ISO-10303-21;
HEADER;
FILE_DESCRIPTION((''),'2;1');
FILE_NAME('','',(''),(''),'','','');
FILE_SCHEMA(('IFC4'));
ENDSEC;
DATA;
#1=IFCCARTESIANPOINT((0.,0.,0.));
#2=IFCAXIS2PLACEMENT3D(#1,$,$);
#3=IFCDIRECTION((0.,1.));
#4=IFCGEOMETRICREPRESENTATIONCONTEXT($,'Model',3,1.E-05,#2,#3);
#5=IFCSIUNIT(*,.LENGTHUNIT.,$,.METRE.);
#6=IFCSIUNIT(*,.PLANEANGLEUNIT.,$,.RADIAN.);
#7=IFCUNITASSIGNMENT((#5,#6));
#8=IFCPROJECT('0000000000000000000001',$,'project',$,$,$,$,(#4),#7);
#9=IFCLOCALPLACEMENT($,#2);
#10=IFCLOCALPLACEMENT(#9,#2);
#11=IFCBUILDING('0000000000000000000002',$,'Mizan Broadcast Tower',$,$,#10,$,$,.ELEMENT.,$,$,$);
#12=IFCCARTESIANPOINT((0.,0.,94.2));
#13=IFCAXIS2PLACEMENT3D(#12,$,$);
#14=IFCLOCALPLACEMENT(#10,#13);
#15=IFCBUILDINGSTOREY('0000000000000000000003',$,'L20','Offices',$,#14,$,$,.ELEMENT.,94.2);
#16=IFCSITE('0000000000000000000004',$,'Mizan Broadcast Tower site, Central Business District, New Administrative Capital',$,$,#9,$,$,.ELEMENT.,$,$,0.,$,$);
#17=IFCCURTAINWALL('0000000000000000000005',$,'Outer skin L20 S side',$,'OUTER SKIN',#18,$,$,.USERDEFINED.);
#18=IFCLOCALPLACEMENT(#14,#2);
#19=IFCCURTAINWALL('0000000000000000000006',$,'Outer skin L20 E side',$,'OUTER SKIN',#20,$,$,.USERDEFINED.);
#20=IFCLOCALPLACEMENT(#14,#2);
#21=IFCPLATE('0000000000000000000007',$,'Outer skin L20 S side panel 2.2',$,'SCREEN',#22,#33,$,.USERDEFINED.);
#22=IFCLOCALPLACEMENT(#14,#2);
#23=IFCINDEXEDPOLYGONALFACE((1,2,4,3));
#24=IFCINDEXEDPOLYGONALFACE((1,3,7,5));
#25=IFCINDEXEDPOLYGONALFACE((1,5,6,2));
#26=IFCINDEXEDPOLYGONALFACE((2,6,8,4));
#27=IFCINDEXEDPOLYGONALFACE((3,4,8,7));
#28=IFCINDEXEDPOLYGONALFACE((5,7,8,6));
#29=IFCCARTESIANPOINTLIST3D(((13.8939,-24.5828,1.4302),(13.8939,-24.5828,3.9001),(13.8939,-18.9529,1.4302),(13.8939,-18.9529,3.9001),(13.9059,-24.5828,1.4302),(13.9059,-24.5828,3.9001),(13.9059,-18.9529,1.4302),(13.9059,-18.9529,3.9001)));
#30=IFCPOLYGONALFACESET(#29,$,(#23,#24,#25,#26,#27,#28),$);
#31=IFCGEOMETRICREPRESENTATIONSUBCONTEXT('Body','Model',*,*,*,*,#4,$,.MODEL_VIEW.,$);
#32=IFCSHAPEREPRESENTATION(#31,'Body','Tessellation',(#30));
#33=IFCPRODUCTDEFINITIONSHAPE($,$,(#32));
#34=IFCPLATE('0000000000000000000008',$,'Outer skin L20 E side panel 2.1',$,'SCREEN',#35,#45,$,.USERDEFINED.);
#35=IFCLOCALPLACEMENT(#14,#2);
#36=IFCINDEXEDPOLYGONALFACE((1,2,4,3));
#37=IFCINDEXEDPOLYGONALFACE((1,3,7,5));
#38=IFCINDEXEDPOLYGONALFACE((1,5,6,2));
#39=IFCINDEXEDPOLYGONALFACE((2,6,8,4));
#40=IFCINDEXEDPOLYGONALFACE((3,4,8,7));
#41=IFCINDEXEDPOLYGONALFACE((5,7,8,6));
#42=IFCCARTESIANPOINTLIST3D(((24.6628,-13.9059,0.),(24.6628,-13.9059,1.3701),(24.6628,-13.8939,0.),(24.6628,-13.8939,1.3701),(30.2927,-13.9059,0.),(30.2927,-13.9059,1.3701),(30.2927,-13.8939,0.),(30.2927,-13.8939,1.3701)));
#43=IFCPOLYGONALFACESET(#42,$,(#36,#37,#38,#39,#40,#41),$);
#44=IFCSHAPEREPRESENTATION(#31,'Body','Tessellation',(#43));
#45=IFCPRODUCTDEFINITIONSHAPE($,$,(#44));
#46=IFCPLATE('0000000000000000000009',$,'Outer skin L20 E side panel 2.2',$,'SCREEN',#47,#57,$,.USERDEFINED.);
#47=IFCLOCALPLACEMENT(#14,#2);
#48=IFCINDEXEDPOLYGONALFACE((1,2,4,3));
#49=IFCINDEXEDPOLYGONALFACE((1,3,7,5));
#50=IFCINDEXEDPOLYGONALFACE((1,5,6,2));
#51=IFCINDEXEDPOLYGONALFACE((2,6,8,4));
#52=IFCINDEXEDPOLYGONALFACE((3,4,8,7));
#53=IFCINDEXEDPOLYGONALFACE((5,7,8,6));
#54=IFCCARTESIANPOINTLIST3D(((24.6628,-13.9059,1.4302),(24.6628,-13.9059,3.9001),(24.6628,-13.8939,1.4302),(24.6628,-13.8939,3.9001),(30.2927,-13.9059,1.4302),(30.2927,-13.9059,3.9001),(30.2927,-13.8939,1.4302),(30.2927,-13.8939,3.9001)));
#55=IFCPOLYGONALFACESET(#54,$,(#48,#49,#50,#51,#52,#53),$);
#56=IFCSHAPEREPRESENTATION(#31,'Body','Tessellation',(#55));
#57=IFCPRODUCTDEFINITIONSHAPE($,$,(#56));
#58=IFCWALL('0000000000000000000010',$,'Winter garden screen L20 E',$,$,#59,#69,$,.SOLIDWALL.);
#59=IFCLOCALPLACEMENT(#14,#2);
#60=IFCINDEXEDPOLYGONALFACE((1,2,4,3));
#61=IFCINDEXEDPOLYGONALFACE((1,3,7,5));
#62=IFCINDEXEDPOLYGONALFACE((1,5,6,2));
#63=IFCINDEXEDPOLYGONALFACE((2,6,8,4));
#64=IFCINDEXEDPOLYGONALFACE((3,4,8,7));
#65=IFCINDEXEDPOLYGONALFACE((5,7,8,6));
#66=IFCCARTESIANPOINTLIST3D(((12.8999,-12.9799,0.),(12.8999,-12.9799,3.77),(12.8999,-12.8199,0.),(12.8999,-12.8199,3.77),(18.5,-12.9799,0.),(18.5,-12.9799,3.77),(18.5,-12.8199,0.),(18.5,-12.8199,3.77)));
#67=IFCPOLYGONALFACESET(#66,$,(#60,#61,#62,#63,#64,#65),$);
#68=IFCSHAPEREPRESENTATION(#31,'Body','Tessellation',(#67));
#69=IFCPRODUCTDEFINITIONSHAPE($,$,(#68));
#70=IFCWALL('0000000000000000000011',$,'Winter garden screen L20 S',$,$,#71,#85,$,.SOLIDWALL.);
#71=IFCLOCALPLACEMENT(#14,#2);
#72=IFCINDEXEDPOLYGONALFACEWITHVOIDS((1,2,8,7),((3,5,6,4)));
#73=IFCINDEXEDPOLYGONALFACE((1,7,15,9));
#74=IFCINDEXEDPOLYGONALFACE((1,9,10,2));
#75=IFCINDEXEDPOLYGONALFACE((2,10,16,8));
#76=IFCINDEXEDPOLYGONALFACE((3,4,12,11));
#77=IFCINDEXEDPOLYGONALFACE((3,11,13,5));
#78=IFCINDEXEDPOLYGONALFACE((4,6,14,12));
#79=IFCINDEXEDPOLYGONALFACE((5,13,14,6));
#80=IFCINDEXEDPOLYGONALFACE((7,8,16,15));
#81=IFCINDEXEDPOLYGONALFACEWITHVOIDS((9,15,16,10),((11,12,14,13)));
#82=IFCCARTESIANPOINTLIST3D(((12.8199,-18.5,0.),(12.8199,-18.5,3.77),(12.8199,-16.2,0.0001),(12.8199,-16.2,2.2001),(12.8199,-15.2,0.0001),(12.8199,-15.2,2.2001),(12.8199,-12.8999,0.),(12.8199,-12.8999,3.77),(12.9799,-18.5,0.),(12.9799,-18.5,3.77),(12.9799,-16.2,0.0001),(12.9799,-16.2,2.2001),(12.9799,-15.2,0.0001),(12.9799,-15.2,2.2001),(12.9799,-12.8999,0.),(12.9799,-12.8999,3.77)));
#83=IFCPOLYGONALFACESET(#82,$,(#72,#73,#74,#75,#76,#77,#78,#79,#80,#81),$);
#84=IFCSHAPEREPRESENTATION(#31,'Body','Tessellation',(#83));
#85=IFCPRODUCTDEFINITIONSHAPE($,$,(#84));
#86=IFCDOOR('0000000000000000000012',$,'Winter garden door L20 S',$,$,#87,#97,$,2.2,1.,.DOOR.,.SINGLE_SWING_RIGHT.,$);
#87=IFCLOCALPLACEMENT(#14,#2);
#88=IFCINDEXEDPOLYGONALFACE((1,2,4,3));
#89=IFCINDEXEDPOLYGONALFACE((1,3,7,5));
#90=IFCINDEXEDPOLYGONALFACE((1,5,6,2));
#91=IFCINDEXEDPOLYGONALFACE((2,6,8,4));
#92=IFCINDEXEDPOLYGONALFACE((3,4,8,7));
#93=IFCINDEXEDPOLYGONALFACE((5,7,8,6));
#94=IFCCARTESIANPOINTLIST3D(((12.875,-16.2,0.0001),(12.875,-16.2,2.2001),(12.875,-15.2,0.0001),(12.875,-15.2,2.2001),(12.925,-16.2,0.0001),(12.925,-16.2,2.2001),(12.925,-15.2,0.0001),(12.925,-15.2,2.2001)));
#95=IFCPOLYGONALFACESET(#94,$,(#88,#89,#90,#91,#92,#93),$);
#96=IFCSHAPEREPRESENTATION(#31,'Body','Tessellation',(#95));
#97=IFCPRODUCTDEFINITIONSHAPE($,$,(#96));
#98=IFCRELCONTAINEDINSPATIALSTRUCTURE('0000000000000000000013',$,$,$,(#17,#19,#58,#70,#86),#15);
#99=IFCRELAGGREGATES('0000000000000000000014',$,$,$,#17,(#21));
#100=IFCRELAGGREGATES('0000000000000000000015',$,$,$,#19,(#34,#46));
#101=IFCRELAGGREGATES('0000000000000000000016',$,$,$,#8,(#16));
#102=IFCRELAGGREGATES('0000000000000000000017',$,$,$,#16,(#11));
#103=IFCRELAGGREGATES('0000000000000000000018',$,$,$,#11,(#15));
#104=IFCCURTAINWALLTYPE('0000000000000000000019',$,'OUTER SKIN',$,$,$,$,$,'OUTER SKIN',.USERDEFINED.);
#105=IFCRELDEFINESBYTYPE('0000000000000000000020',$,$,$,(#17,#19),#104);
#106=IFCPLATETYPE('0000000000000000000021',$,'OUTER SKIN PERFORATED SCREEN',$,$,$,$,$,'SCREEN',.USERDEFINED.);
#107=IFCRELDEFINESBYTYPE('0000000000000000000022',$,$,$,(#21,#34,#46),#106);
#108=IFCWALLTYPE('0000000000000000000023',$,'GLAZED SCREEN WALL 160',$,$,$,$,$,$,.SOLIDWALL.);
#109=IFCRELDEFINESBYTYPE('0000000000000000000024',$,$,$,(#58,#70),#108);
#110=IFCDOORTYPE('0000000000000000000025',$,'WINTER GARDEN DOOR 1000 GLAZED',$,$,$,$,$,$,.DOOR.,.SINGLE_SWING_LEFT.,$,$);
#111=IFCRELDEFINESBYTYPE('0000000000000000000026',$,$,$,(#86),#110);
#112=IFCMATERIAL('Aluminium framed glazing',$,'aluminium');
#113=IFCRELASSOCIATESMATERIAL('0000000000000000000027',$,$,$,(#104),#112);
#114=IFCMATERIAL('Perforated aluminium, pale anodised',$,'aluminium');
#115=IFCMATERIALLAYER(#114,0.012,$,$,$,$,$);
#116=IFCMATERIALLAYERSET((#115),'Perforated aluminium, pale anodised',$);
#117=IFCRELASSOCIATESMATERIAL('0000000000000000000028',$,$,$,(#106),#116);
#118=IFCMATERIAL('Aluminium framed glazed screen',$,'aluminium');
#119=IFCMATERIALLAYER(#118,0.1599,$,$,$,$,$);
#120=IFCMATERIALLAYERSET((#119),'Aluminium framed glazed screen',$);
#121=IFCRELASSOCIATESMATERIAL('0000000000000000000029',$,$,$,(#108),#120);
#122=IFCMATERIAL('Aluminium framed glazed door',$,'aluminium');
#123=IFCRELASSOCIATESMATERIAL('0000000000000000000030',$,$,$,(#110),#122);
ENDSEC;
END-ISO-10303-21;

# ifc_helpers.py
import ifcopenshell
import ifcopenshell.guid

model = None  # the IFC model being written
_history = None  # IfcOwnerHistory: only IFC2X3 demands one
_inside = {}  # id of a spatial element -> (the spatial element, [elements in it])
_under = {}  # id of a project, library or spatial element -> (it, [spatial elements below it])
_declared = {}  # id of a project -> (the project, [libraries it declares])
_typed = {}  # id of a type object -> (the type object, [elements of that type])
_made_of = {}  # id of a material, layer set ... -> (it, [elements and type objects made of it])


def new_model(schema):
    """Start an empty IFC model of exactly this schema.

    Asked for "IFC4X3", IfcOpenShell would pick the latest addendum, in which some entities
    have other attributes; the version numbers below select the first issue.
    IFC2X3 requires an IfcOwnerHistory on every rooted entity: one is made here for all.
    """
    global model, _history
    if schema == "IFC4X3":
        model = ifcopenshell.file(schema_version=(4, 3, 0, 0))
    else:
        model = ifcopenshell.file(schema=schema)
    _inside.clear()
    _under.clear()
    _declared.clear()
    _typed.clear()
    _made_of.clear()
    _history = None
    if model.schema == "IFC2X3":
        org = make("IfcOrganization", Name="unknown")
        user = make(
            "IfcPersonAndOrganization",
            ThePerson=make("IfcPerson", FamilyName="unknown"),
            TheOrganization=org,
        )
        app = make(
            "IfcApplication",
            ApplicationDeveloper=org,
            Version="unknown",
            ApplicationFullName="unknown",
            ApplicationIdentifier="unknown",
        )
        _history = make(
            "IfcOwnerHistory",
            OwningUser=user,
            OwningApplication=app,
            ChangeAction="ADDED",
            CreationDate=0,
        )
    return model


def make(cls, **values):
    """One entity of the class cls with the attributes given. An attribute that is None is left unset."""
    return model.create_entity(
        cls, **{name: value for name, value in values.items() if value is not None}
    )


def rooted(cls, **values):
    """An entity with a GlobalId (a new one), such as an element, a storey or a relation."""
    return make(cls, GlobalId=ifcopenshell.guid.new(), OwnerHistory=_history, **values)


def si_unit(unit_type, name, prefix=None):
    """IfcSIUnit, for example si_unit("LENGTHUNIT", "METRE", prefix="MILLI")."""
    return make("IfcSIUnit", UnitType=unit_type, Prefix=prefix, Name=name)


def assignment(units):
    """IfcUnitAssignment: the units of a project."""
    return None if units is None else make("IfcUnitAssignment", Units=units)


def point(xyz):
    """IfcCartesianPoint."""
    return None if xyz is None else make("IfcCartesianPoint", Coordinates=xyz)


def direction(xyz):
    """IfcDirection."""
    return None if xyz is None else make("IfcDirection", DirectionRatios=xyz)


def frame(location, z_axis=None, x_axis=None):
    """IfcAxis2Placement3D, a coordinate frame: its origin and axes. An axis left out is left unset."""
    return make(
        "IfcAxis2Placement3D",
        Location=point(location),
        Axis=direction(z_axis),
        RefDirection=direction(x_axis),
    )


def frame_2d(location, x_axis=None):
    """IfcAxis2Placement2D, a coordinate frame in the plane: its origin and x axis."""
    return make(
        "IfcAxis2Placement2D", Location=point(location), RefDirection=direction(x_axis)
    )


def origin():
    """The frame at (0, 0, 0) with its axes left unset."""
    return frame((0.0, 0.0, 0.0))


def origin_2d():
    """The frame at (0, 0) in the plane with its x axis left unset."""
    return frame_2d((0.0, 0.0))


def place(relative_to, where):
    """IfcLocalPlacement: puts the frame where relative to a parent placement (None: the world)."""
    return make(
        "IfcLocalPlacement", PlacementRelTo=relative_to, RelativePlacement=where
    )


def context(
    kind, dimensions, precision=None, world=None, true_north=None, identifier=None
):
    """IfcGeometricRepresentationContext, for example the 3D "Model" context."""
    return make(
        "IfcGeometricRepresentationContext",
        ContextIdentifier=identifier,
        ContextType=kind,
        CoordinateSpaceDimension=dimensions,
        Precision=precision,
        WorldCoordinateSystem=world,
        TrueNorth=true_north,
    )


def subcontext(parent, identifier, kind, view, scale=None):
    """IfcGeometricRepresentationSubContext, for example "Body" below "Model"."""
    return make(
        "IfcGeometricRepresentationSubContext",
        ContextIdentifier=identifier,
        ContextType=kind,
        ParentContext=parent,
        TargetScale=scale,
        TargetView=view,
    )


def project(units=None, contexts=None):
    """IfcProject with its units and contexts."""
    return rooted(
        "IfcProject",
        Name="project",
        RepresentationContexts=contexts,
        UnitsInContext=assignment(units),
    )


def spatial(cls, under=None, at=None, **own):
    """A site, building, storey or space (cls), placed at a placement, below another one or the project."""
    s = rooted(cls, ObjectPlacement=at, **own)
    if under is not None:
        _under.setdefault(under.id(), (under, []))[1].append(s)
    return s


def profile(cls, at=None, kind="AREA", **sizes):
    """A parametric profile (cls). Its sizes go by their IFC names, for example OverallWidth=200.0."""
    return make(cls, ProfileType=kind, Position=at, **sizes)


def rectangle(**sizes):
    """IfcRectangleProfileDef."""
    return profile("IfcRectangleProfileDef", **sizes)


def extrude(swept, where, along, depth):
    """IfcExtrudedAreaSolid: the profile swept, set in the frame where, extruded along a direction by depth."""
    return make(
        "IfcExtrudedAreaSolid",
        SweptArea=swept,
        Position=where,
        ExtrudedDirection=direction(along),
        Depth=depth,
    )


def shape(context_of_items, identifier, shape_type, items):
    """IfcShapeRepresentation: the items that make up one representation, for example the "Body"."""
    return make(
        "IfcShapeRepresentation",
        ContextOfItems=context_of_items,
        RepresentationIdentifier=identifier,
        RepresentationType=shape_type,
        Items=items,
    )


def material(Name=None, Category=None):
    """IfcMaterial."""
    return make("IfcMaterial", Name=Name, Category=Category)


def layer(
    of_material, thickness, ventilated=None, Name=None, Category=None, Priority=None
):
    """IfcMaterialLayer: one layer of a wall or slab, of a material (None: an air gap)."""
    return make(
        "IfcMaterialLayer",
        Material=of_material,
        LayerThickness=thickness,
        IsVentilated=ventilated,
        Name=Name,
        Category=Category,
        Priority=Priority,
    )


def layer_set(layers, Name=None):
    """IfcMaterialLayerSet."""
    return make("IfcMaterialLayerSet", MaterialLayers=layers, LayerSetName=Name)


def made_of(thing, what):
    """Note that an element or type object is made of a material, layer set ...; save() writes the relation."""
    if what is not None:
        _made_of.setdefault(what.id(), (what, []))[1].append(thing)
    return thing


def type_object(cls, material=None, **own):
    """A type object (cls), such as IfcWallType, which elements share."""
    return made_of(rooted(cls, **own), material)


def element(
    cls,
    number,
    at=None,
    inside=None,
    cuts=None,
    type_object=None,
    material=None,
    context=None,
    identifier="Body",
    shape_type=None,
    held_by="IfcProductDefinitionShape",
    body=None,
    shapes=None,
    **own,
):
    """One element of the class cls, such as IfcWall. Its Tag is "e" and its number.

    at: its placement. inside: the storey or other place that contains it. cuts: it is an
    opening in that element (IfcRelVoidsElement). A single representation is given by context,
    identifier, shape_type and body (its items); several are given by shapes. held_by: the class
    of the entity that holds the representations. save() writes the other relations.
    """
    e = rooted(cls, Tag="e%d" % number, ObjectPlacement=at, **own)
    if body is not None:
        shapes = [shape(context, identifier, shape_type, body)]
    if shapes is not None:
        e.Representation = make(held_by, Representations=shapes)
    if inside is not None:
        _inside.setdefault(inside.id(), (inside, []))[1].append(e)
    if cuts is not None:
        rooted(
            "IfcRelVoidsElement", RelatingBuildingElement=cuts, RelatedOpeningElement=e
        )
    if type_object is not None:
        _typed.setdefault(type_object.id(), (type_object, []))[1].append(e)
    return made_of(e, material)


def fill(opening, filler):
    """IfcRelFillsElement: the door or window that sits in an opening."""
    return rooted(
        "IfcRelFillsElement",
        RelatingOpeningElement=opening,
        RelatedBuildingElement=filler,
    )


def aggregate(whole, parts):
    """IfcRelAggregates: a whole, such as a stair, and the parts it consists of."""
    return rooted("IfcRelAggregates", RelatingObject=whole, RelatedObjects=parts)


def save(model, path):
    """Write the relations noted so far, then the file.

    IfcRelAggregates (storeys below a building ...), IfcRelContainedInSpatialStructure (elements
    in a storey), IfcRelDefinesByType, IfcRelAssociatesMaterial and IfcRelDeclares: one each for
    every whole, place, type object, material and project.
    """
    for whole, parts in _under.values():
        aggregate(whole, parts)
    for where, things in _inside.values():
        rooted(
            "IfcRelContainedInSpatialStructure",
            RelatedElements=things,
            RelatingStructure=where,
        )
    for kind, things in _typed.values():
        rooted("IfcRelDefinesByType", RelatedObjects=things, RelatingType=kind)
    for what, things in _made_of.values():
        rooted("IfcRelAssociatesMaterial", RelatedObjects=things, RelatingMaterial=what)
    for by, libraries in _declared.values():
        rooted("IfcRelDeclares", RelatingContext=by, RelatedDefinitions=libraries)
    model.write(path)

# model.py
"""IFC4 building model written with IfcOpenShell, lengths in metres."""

from ifc_helpers import new_model, si_unit, direction, frame, frame_2d, origin, origin_2d, place, context, subcontext, project, spatial, rectangle, extrude, material, layer, layer_set, type_object, element, fill, aggregate, save


model = new_model("IFC4")

# Units and contexts
model_context = context("Model", 3, precision=1e-05, world=origin(), true_north=direction((0.0, 1.0)))
body_context = subcontext(model_context, "Body", "Model", "MODEL_VIEW")
ifc_project = project(units=[si_unit("LENGTHUNIT", "METRE"), si_unit("PLANEANGLEUNIT", "RADIAN")], contexts=[model_context])

# Site, building, storey
site_placement = place(None, origin())
site = spatial("IfcSite", under=ifc_project, at=site_placement, Name="Mizan Broadcast Tower site, Central Business District, New Administrative Capital", CompositionType="ELEMENT", RefElevation=0.0)
building_placement = place(site_placement, origin())
building = spatial("IfcBuilding", under=site, at=building_placement, Name="Mizan Broadcast Tower", CompositionType="ELEMENT")
storey_placement = place(building_placement, frame((0.0, 0.0, 94.2)))
storey = spatial("IfcBuildingStorey", under=building, at=storey_placement, Name="L20", Description="Offices", CompositionType="ELEMENT", Elevation=94.2)

# Shared definitions
ifc_material_1 = material(Name="Aluminium framed glazing", Category="aluminium")
curtain_wall_type_1 = type_object("IfcCurtainWallType", Name="OUTER SKIN", ElementType="OUTER SKIN", PredefinedType="USERDEFINED", material=ifc_material_1)

# Curtain wall
curtain_wall_1_placement = place(storey_placement, origin())
curtain_wall_1 = element("IfcCurtainWall", 1, at=curtain_wall_1_placement, inside=storey, type_object=curtain_wall_type_1, Name="Outer skin L20 S side", ObjectType="OUTER SKIN", PredefinedType="USERDEFINED")

# Curtain wall
curtain_wall_2_placement = place(storey_placement, origin())
curtain_wall_2 = element("IfcCurtainWall", 2, at=curtain_wall_2_placement, inside=storey, type_object=curtain_wall_type_1, Name="Outer skin L20 E side", ObjectType="OUTER SKIN", PredefinedType="USERDEFINED")

# Plates
ifc_material_2 = material(Name="Perforated aluminium, pale anodised", Category="aluminium")
ifc_layer_1 = layer(ifc_material_2, 0.012)
ifc_layer_set_1 = layer_set([ifc_layer_1], Name="Perforated aluminium, pale anodised")
plate_type_1 = type_object("IfcPlateType", Name="OUTER SKIN PERFORATED SCREEN", ElementType="SCREEN", PredefinedType="USERDEFINED", material=ifc_layer_set_1)
plate_1_placement = place(storey_placement, frame((13.8999, -21.7678, 1.4302), z_axis=(0.0, 0.0, 1.0), x_axis=(0.0, 1.0, 0.0)))
plate_1 = element("IfcPlate", 3, at=plate_1_placement, type_object=plate_type_1, Name="Outer skin L20 S side panel 2.2", ObjectType="SCREEN", PredefinedType="USERDEFINED", context=body_context, shape_type="SweptSolid", body=[
    extrude(rectangle(XDim=5.6299, YDim=0.012, at=origin_2d()), origin(), (0.0, 0.0, 1.0), 2.47),
])
aggregate(curtain_wall_1, [plate_1])
plate_2_placement = place(storey_placement, frame((27.4778, -13.8999, 0.0), z_axis=(0.0, 0.0, 1.0), x_axis=(1.0, 0.0, 0.0)))
plate_2 = element("IfcPlate", 4, at=plate_2_placement, type_object=plate_type_1, Name="Outer skin L20 E side panel 2.1", ObjectType="SCREEN", PredefinedType="USERDEFINED", context=body_context, shape_type="SweptSolid", body=[
    extrude(rectangle(XDim=5.6299, YDim=0.012, at=origin_2d()), origin(), (0.0, 0.0, 1.0), 1.3701),
])
plate_3_placement = place(storey_placement, frame((27.4778, -13.8999, 1.4302), z_axis=(0.0, 0.0, 1.0), x_axis=(1.0, 0.0, 0.0)))
plate_3 = element("IfcPlate", 5, at=plate_3_placement, type_object=plate_type_1, Name="Outer skin L20 E side panel 2.2", ObjectType="SCREEN", PredefinedType="USERDEFINED", context=body_context, shape_type="SweptSolid", body=[
    extrude(rectangle(XDim=5.6299, YDim=0.012, at=origin_2d()), origin(), (0.0, 0.0, 1.0), 2.47),
])
aggregate(curtain_wall_2, [plate_2, plate_3])

# Wall
ifc_material_3 = material(Name="Aluminium framed glazed screen", Category="aluminium")
ifc_layer_2 = layer(ifc_material_3, 0.1599)
ifc_layer_set_2 = layer_set([ifc_layer_2], Name="Aluminium framed glazed screen")
wall_type = type_object("IfcWallType", Name="GLAZED SCREEN WALL 160", PredefinedType="SOLIDWALL", material=ifc_layer_set_2)
wall_1_placement = place(storey_placement, frame((12.8999, -12.8999, 0.0), z_axis=(0.0, 0.0, 1.0), x_axis=(1.0, 0.0, 0.0)))
element("IfcWall", 6, at=wall_1_placement, inside=storey, type_object=wall_type, Name="Winter garden screen L20 E", PredefinedType="SOLIDWALL", context=body_context, shape_type="SweptSolid", body=[
    extrude(rectangle(XDim=5.6001, YDim=0.1599, at=frame_2d((2.8, 0.0))), origin(), (0.0, 0.0, 1.0), 3.77),
])

# Wall, opening, door
wall_2_placement = place(storey_placement, frame((12.8999, -18.5, 0.0), z_axis=(0.0, 0.0, 1.0), x_axis=(0.0, 1.0, 0.0)))
wall_2 = element("IfcWall", 7, at=wall_2_placement, inside=storey, type_object=wall_type, Name="Winter garden screen L20 S", PredefinedType="SOLIDWALL", context=body_context, shape_type="SweptSolid", body=[
    extrude(rectangle(XDim=5.6001, YDim=0.1599, at=frame_2d((2.8, 0.0))), origin(), (0.0, 0.0, 1.0), 3.77),
])
opening_placement = place(wall_2_placement, frame((2.3, 0.0, 0.0)))
opening = element("IfcOpeningElement", 8, at=opening_placement, cuts=wall_2, PredefinedType="OPENING", context=body_context, shape_type="SweptSolid", body=[
    extrude(rectangle(XDim=1.0, YDim=2.2, at=frame_2d((0.5, 1.1001))), frame((0.0, 0.0898, 0.0), z_axis=(0.0, -1.0, 0.0), x_axis=(1.0, 0.0, 0.0)), (0.0, 0.0, 1.0), 0.1799),
])
ifc_material_4 = material(Name="Aluminium framed glazed door", Category="aluminium")
door_type = type_object("IfcDoorType", Name="WINTER GARDEN DOOR 1000 GLAZED", OperationType="SINGLE_SWING_LEFT", PredefinedType="DOOR", material=ifc_material_4)
door_placement = place(opening_placement, origin())
door = element("IfcDoor", 9, at=door_placement, inside=storey, type_object=door_type, Name="Winter garden door L20 S", OperationType="SINGLE_SWING_RIGHT", OverallHeight=2.2, OverallWidth=1.0, PredefinedType="DOOR", context=body_context, shape_type="SweptSolid", body=[
    extrude(rectangle(XDim=1.0, YDim=2.2, at=frame_2d((0.5, 1.1001))), frame((0.0, 0.0249, 0.0), z_axis=(0.0, -1.0, 0.0), x_axis=(1.0, 0.0, 0.0)), (0.0, 0.0, 1.0), 0.05),
])
fill(opening, door)

save(model, "model.ifc")
